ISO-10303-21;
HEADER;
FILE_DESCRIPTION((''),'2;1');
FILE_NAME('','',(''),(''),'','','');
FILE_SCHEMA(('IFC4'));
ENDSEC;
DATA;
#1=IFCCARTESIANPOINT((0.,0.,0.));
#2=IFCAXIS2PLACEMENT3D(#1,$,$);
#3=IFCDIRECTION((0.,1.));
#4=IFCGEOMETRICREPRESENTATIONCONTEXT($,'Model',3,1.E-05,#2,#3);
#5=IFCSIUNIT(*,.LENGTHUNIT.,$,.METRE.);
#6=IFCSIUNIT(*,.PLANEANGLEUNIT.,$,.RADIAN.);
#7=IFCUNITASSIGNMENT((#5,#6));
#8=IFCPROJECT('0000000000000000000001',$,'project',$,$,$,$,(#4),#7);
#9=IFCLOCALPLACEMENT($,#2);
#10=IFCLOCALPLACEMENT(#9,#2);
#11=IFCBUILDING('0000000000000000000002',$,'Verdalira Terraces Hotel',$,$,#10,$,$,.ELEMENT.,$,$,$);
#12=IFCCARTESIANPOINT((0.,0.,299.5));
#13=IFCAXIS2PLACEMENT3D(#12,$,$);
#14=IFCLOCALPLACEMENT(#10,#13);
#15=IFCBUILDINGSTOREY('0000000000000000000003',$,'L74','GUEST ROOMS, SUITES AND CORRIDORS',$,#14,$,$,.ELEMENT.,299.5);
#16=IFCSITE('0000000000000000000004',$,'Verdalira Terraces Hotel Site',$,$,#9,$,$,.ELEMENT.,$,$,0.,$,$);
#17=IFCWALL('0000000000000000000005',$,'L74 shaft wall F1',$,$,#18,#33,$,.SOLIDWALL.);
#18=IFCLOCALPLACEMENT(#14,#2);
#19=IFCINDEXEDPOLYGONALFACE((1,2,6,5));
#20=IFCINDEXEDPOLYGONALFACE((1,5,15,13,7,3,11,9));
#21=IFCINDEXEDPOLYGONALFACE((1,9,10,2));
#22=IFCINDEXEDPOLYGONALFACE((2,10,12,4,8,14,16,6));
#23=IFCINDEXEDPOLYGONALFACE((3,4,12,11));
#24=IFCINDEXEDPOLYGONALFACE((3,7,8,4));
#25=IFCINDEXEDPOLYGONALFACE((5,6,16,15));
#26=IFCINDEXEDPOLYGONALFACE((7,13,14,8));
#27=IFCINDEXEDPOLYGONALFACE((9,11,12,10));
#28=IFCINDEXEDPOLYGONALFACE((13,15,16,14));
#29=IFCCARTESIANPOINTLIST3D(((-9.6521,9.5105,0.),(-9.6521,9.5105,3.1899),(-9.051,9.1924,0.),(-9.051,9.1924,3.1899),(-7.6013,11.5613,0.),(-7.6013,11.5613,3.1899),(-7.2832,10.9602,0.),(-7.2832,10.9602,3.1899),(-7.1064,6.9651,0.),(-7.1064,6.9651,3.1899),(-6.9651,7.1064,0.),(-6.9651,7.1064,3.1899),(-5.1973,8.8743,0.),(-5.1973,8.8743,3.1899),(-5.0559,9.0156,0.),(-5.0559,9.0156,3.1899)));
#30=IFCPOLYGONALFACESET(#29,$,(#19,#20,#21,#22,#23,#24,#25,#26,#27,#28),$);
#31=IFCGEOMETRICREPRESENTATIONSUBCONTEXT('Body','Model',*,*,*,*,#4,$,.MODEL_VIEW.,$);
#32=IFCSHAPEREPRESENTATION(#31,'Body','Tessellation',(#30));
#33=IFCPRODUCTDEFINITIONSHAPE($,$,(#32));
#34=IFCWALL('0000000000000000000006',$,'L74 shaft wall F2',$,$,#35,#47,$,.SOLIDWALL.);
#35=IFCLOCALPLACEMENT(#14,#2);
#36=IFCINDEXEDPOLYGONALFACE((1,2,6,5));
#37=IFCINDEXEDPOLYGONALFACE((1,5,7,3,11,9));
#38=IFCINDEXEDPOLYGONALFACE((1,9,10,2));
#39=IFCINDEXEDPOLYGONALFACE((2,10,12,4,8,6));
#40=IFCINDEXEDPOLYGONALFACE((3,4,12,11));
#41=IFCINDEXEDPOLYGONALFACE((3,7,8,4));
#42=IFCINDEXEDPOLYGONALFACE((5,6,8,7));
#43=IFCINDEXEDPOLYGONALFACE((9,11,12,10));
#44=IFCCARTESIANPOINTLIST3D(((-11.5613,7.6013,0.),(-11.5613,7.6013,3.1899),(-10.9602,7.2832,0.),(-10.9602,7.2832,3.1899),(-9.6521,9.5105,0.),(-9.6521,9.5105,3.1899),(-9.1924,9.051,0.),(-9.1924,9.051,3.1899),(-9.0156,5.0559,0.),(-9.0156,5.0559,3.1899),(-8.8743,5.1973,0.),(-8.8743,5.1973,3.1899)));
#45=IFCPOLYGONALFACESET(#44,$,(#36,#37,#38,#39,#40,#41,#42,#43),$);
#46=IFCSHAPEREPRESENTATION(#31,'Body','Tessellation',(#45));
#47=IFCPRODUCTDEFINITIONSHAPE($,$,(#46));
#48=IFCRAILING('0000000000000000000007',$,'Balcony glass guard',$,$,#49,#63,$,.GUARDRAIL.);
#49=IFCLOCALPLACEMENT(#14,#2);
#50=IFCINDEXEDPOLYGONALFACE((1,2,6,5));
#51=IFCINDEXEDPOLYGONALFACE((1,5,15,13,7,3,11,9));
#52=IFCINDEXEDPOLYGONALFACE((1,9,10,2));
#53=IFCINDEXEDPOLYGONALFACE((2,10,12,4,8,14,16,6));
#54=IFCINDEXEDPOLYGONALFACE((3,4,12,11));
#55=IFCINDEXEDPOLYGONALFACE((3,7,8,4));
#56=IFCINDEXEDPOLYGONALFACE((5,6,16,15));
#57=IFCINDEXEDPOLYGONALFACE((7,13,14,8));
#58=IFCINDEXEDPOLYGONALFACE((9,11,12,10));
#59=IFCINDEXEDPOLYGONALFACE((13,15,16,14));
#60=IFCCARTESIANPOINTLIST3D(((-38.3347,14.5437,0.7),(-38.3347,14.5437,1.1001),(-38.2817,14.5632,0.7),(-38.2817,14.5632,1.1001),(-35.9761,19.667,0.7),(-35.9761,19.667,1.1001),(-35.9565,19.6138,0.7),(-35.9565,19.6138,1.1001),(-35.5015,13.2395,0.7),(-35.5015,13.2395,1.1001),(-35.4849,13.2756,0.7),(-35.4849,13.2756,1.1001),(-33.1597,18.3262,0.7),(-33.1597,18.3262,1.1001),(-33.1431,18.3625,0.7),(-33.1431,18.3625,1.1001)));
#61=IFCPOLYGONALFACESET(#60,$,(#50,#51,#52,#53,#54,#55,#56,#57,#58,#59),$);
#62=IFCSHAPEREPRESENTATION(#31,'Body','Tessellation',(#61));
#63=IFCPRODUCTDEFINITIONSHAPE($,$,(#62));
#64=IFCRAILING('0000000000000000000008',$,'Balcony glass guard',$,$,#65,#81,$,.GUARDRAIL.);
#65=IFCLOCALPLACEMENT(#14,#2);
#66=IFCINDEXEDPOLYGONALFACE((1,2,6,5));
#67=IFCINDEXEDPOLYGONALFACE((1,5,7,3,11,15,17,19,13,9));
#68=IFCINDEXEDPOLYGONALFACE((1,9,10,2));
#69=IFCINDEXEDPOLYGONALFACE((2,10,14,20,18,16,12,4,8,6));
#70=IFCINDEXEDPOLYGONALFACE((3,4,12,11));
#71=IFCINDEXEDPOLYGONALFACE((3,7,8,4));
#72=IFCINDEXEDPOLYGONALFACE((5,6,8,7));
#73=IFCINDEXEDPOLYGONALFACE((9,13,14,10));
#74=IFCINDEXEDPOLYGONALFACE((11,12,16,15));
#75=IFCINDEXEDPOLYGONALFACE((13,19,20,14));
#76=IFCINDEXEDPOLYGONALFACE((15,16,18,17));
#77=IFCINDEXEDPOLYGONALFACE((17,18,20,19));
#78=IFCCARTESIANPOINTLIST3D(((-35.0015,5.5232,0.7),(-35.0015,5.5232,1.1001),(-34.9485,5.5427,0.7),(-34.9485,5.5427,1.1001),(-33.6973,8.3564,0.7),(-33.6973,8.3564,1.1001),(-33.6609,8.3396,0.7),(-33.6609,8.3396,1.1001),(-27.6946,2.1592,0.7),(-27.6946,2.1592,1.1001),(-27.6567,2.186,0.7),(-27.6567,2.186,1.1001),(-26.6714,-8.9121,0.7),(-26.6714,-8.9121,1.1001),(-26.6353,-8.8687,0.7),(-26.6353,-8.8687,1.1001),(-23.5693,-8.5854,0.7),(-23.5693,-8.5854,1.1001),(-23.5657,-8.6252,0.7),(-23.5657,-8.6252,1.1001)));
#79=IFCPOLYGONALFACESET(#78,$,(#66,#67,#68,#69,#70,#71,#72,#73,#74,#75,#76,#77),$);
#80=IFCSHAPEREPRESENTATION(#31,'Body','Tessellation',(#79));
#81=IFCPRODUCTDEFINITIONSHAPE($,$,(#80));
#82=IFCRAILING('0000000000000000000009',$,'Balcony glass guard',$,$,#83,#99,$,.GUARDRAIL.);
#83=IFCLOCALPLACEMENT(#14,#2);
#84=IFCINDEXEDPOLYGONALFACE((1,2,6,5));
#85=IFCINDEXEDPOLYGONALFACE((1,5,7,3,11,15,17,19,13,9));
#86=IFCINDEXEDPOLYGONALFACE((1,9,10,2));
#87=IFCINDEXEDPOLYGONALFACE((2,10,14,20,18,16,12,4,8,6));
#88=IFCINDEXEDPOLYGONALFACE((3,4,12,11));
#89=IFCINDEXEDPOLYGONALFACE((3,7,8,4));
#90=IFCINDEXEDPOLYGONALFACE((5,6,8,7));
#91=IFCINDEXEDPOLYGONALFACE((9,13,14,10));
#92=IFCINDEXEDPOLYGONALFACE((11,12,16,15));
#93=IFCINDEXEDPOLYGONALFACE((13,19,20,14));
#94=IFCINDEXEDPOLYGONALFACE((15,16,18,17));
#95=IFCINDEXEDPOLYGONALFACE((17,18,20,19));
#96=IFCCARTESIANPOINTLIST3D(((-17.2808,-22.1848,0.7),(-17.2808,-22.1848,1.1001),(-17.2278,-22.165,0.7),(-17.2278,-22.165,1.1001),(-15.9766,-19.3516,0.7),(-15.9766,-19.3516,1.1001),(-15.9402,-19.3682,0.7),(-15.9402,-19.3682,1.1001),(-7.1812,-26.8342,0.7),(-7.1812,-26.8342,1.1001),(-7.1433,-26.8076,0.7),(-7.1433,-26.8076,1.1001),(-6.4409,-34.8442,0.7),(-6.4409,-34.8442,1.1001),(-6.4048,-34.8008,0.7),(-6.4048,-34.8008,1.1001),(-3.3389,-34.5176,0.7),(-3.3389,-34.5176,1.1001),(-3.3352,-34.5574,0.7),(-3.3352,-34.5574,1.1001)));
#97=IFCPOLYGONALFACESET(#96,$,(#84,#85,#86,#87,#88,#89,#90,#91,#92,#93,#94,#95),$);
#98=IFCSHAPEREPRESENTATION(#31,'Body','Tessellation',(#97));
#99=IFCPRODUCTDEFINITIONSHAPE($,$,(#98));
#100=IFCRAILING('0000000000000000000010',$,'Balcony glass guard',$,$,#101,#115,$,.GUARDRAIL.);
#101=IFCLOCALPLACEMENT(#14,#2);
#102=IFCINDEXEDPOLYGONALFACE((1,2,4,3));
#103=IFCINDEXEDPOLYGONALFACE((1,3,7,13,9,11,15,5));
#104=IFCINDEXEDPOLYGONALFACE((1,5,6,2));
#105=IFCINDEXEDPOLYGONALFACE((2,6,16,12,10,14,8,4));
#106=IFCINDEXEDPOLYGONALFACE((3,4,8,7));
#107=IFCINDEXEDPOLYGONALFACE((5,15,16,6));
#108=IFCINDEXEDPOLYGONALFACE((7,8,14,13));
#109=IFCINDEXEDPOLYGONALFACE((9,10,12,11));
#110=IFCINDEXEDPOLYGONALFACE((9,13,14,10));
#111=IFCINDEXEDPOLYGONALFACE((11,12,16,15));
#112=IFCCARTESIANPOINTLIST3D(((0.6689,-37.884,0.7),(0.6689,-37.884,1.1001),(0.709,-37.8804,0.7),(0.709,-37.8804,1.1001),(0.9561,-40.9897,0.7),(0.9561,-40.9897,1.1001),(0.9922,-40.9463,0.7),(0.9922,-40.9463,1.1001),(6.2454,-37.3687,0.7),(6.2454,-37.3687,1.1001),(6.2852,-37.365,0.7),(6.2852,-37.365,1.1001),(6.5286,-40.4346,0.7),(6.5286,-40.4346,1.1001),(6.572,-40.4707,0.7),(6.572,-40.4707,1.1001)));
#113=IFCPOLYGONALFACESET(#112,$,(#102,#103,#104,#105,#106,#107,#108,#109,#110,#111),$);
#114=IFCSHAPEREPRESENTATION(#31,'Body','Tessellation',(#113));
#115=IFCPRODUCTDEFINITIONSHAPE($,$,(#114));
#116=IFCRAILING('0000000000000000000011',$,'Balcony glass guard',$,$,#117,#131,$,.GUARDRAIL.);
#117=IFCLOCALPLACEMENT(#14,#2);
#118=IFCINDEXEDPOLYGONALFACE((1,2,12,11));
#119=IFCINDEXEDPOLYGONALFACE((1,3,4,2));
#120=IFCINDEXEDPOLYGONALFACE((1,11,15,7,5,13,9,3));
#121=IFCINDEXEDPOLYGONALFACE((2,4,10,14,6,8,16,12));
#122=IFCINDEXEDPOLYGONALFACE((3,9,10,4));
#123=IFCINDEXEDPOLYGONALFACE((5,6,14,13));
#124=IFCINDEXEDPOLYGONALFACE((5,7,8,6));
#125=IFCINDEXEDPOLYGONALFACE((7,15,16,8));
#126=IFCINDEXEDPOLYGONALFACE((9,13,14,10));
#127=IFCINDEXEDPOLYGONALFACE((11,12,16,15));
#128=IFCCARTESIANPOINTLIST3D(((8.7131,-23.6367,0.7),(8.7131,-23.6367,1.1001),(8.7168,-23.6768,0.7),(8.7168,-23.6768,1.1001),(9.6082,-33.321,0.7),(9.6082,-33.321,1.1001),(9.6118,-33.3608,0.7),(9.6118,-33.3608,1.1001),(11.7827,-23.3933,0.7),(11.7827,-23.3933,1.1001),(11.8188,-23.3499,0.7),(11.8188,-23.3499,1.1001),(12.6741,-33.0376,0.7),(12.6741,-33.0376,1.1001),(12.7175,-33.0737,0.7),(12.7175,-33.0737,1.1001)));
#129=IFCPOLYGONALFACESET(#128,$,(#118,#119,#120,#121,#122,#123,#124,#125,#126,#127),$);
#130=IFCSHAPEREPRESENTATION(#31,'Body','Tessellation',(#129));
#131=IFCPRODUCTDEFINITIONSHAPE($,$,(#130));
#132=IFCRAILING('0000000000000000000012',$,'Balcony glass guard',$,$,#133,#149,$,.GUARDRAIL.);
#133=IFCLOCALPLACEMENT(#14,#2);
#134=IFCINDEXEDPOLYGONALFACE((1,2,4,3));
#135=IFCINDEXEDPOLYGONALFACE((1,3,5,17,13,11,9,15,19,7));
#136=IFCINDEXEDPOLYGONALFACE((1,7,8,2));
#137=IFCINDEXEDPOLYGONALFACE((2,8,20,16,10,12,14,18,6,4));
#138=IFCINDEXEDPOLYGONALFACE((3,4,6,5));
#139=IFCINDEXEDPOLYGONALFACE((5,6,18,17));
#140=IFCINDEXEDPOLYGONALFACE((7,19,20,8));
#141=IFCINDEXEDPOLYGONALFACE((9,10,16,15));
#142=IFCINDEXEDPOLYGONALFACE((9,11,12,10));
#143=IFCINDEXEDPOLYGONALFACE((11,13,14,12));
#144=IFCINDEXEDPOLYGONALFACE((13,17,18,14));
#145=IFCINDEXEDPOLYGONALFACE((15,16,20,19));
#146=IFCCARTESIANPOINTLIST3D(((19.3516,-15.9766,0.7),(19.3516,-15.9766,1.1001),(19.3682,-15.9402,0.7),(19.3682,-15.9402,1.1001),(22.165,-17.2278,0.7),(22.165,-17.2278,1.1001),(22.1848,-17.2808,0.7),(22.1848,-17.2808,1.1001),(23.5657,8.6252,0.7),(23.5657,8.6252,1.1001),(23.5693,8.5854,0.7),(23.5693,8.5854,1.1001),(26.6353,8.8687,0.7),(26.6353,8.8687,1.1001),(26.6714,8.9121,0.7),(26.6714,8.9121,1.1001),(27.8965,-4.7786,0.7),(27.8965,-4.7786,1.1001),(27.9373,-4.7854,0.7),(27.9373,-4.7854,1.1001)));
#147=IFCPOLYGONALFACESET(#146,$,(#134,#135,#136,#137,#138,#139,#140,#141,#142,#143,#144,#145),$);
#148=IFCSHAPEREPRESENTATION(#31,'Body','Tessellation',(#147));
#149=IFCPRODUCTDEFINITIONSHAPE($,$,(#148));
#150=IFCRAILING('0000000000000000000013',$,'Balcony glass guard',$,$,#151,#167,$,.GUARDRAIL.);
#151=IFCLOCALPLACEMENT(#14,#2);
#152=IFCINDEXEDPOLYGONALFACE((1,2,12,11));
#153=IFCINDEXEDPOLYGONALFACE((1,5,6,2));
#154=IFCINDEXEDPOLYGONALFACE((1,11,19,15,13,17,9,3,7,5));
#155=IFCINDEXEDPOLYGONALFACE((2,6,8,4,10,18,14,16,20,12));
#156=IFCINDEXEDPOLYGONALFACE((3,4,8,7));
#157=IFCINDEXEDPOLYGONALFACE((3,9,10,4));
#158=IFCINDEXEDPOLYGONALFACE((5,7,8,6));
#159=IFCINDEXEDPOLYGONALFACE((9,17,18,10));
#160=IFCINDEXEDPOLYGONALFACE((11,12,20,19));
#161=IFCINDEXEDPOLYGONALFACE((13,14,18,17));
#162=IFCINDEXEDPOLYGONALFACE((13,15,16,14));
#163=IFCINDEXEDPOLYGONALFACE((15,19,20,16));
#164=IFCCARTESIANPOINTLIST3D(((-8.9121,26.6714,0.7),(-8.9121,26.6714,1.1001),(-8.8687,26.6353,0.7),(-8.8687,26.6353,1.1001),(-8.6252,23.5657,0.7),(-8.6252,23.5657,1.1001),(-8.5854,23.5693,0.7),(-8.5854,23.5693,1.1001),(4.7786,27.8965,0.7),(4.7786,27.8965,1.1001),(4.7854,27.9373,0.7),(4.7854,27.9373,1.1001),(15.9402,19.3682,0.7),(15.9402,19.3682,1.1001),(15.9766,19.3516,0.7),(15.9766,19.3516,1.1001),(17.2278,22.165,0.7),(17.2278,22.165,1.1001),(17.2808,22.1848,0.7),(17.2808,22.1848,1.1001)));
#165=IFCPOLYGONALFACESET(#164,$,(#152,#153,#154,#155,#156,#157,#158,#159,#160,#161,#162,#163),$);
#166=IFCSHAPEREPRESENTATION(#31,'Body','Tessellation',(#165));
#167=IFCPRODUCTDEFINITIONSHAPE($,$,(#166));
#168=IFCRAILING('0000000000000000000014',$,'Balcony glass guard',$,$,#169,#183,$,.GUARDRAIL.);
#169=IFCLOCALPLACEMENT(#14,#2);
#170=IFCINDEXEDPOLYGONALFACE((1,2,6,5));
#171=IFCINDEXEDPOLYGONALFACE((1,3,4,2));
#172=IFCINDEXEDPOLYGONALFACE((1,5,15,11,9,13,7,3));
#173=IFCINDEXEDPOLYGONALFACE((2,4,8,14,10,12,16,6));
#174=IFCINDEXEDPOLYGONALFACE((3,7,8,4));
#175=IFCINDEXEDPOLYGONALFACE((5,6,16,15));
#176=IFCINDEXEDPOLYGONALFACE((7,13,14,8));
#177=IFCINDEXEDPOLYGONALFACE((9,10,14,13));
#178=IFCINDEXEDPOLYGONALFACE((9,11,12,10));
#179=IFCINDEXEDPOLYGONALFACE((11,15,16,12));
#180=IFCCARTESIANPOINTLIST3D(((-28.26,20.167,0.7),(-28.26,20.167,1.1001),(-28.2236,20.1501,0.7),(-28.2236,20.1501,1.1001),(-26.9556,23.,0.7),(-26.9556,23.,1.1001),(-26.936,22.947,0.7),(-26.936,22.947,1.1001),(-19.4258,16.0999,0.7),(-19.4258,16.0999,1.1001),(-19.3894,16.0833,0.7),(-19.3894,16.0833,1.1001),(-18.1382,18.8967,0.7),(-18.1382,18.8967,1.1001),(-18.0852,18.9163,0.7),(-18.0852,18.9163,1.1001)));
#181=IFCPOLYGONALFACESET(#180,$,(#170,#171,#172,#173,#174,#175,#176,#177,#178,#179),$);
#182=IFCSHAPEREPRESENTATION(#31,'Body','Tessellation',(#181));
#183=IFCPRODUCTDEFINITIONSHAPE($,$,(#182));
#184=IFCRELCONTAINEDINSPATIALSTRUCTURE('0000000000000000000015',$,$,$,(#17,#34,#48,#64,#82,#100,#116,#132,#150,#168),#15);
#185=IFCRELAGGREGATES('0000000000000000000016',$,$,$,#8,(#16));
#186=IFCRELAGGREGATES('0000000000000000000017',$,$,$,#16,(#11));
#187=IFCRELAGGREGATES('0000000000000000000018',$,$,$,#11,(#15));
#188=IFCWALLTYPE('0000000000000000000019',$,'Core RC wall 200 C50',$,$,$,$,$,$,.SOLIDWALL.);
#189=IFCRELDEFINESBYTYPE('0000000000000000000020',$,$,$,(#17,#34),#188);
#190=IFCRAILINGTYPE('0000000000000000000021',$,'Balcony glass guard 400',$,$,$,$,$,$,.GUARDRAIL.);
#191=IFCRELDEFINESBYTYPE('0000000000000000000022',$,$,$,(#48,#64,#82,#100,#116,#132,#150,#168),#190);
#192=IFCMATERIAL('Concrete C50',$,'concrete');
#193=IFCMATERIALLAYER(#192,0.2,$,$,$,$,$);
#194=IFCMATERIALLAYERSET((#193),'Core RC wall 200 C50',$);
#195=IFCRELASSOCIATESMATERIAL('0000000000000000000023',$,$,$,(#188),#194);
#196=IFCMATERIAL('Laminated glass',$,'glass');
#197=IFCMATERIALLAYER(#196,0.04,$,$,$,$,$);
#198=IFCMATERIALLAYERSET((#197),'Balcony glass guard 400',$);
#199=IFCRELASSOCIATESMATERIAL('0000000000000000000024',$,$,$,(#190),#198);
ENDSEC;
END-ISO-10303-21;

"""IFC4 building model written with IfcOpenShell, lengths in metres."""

from ifc_helpers import new_model, si_unit, direction, frame, origin, place, context, subcontext, project, spatial, polyline, outline, extrude, material, layer, layer_set, type_object, element, save


model = new_model("IFC4")

# Units and contexts
model_context = context("Model", 3, precision=1e-05, world=origin(), true_north=direction((0.0, 1.0)))
body_context = subcontext(model_context, "Body", "Model", "MODEL_VIEW")
ifc_project = project(units=[si_unit("LENGTHUNIT", "METRE"), si_unit("PLANEANGLEUNIT", "RADIAN")], contexts=[model_context])

# Site, building, storey
site_placement = place(None, origin())
site = spatial("IfcSite", under=ifc_project, at=site_placement, Name="Verdalira Terraces Hotel Site", CompositionType="ELEMENT", RefElevation=0.0)
building_placement = place(site_placement, origin())
building = spatial("IfcBuilding", under=site, at=building_placement, Name="Verdalira Terraces Hotel", CompositionType="ELEMENT")
storey_placement = place(building_placement, frame((0.0, 0.0, 299.5)))
storey = spatial("IfcBuildingStorey", under=building, at=storey_placement, Name="L74", Description="GUEST ROOMS, SUITES AND CORRIDORS", CompositionType="ELEMENT", Elevation=299.5)

# Walls
ifc_material_1 = material(Name="Concrete C50", Category="concrete")
ifc_layer_1 = layer(ifc_material_1, 0.2)
ifc_layer_set_1 = layer_set([ifc_layer_1], Name="Core RC wall 200 C50")
wall_type_1 = type_object("IfcWallType", Name="Core RC wall 200 C50", PredefinedType="SOLIDWALL", material=ifc_layer_set_1)
wall_1_placement = place(storey_placement, origin())
element("IfcWall", 1, at=wall_1_placement, inside=storey, type_object=wall_type_1, Name="L74 shaft wall F1", PredefinedType="SOLIDWALL", context=body_context, shape_type="SweptSolid", body=[
    extrude(outline(polyline([(-9.6521, 9.5105), (-7.6013, 11.5613), (-5.0559, 9.0156), (-5.1973, 8.8743), (-7.2832, 10.9602), (-9.051, 9.1924), (-6.9651, 7.1064), (-7.1064, 6.9651), (-9.6521, 9.5105)])), origin(), (0.0, 0.0, 1.0), 3.1899),
])
wall_2_placement = place(storey_placement, origin())
element("IfcWall", 2, at=wall_2_placement, inside=storey, type_object=wall_type_1, Name="L74 shaft wall F2", PredefinedType="SOLIDWALL", context=body_context, shape_type="SweptSolid", body=[
    extrude(outline(polyline([(-11.5613, 7.6013), (-9.6521, 9.5105), (-9.1924, 9.051), (-10.9602, 7.2832), (-8.8743, 5.1973), (-9.0156, 5.0559), (-11.5613, 7.6013)])), origin(), (0.0, 0.0, 1.0), 3.1899),
])

# Railings
ifc_material_2 = material(Name="Laminated glass", Category="glass")
ifc_layer_2 = layer(ifc_material_2, 0.04)
ifc_layer_set_2 = layer_set([ifc_layer_2], Name="Balcony glass guard 400")
railing_type = type_object("IfcRailingType", Name="Balcony glass guard 400", PredefinedType="GUARDRAIL", material=ifc_layer_set_2)
railing_1_placement = place(storey_placement, frame((0.0, 0.0, 0.7)))
element("IfcRailing", 3, at=railing_1_placement, inside=storey, type_object=railing_type, Name="Balcony glass guard", PredefinedType="GUARDRAIL", context=body_context, shape_type="SweptSolid", body=[
    extrude(outline(polyline([(-35.9565, 19.6138), (-38.2817, 14.5632), (-35.4849, 13.2756), (-35.5015, 13.2395), (-38.3347, 14.5437), (-35.9761, 19.667), (-33.1431, 18.3625), (-33.1597, 18.3262), (-35.9565, 19.6138)])), origin(), (0.0, 0.0, 1.0), 0.4001),
])
railing_2_placement = place(storey_placement, frame((0.0, 0.0, 0.7)))
element("IfcRailing", 4, at=railing_2_placement, inside=storey, type_object=railing_type, Name="Balcony glass guard", PredefinedType="GUARDRAIL", context=body_context, shape_type="SweptSolid", body=[
    extrude(outline(polyline([(-34.9485, 5.5427), (-27.6567, 2.186), (-26.6353, -8.8687), (-23.5693, -8.5854), (-23.5657, -8.6252), (-26.6714, -8.9121), (-27.6946, 2.1592), (-35.0015, 5.5232), (-33.6973, 8.3564), (-33.6609, 8.3396), (-34.9485, 5.5427)])), origin(), (0.0, 0.0, 1.0), 0.4001),
])
railing_3_placement = place(storey_placement, frame((0.0, 0.0, 0.7)))
element("IfcRailing", 5, at=railing_3_placement, inside=storey, type_object=railing_type, Name="Balcony glass guard", PredefinedType="GUARDRAIL", context=body_context, shape_type="SweptSolid", body=[
    extrude(outline(polyline([(-17.2278, -22.165), (-7.1433, -26.8076), (-6.4048, -34.8008), (-3.3389, -34.5176), (-3.3352, -34.5574), (-6.4409, -34.8442), (-7.1812, -26.8342), (-17.2808, -22.1848), (-15.9766, -19.3516), (-15.9402, -19.3682), (-17.2278, -22.165)])), origin(), (0.0, 0.0, 1.0), 0.4001),
])
railing_4_placement = place(storey_placement, frame((0.0, 0.0, 0.7)))
element("IfcRailing", 6, at=railing_4_placement, inside=storey, type_object=railing_type, Name="Balcony glass guard", PredefinedType="GUARDRAIL", context=body_context, shape_type="SweptSolid", body=[
    extrude(outline(polyline([(0.9922, -40.9463), (6.5286, -40.4346), (6.2454, -37.3687), (6.2852, -37.365), (6.572, -40.4707), (0.9561, -40.9897), (0.6689, -37.884), (0.709, -37.8804), (0.9922, -40.9463)])), origin(), (0.0, 0.0, 1.0), 0.4001),
])
railing_5_placement = place(storey_placement, frame((0.0, 0.0, 0.7)))
element("IfcRailing", 7, at=railing_5_placement, inside=storey, type_object=railing_type, Name="Balcony glass guard", PredefinedType="GUARDRAIL", context=body_context, shape_type="SweptSolid", body=[
    extrude(outline(polyline([(12.6741, -33.0376), (11.7827, -23.3933), (8.7168, -23.6768), (8.7131, -23.6367), (11.8188, -23.3499), (12.7175, -33.0737), (9.6118, -33.3608), (9.6082, -33.321), (12.6741, -33.0376)])), origin(), (0.0, 0.0, 1.0), 0.4001),
])
railing_6_placement = place(storey_placement, frame((0.0, 0.0, 0.7)))
element("IfcRailing", 8, at=railing_6_placement, inside=storey, type_object=railing_type, Name="Balcony glass guard", PredefinedType="GUARDRAIL", context=body_context, shape_type="SweptSolid", body=[
    extrude(outline(polyline([(22.165, -17.2278), (27.8965, -4.7786), (26.6353, 8.8687), (23.5693, 8.5854), (23.5657, 8.6252), (26.6714, 8.9121), (27.9373, -4.7854), (22.1848, -17.2808), (19.3516, -15.9766), (19.3682, -15.9402), (22.165, -17.2278)])), origin(), (0.0, 0.0, 1.0), 0.4001),
])
railing_7_placement = place(storey_placement, frame((0.0, 0.0, 0.7)))
element("IfcRailing", 9, at=railing_7_placement, inside=storey, type_object=railing_type, Name="Balcony glass guard", PredefinedType="GUARDRAIL", context=body_context, shape_type="SweptSolid", body=[
    extrude(outline(polyline([(17.2278, 22.165), (4.7786, 27.8965), (-8.8687, 26.6353), (-8.5854, 23.5693), (-8.6252, 23.5657), (-8.9121, 26.6714), (4.7854, 27.9373), (17.2808, 22.1848), (15.9766, 19.3516), (15.9402, 19.3682), (17.2278, 22.165)])), origin(), (0.0, 0.0, 1.0), 0.4001),
])
railing_8_placement = place(storey_placement, frame((0.0, 0.0, 0.7)))
element("IfcRailing", 10, at=railing_8_placement, inside=storey, type_object=railing_type, Name="Balcony glass guard", PredefinedType="GUARDRAIL", context=body_context, shape_type="SweptSolid", body=[
    extrude(outline(polyline([(-18.1382, 18.8967), (-26.936, 22.947), (-28.2236, 20.1501), (-28.26, 20.167), (-26.9556, 23.0), (-18.0852, 18.9163), (-19.3894, 16.0833), (-19.4258, 16.0999), (-18.1382, 18.8967)])), origin(), (0.0, 0.0, 1.0), 0.4001),
])

save(model, "model.ifc")
